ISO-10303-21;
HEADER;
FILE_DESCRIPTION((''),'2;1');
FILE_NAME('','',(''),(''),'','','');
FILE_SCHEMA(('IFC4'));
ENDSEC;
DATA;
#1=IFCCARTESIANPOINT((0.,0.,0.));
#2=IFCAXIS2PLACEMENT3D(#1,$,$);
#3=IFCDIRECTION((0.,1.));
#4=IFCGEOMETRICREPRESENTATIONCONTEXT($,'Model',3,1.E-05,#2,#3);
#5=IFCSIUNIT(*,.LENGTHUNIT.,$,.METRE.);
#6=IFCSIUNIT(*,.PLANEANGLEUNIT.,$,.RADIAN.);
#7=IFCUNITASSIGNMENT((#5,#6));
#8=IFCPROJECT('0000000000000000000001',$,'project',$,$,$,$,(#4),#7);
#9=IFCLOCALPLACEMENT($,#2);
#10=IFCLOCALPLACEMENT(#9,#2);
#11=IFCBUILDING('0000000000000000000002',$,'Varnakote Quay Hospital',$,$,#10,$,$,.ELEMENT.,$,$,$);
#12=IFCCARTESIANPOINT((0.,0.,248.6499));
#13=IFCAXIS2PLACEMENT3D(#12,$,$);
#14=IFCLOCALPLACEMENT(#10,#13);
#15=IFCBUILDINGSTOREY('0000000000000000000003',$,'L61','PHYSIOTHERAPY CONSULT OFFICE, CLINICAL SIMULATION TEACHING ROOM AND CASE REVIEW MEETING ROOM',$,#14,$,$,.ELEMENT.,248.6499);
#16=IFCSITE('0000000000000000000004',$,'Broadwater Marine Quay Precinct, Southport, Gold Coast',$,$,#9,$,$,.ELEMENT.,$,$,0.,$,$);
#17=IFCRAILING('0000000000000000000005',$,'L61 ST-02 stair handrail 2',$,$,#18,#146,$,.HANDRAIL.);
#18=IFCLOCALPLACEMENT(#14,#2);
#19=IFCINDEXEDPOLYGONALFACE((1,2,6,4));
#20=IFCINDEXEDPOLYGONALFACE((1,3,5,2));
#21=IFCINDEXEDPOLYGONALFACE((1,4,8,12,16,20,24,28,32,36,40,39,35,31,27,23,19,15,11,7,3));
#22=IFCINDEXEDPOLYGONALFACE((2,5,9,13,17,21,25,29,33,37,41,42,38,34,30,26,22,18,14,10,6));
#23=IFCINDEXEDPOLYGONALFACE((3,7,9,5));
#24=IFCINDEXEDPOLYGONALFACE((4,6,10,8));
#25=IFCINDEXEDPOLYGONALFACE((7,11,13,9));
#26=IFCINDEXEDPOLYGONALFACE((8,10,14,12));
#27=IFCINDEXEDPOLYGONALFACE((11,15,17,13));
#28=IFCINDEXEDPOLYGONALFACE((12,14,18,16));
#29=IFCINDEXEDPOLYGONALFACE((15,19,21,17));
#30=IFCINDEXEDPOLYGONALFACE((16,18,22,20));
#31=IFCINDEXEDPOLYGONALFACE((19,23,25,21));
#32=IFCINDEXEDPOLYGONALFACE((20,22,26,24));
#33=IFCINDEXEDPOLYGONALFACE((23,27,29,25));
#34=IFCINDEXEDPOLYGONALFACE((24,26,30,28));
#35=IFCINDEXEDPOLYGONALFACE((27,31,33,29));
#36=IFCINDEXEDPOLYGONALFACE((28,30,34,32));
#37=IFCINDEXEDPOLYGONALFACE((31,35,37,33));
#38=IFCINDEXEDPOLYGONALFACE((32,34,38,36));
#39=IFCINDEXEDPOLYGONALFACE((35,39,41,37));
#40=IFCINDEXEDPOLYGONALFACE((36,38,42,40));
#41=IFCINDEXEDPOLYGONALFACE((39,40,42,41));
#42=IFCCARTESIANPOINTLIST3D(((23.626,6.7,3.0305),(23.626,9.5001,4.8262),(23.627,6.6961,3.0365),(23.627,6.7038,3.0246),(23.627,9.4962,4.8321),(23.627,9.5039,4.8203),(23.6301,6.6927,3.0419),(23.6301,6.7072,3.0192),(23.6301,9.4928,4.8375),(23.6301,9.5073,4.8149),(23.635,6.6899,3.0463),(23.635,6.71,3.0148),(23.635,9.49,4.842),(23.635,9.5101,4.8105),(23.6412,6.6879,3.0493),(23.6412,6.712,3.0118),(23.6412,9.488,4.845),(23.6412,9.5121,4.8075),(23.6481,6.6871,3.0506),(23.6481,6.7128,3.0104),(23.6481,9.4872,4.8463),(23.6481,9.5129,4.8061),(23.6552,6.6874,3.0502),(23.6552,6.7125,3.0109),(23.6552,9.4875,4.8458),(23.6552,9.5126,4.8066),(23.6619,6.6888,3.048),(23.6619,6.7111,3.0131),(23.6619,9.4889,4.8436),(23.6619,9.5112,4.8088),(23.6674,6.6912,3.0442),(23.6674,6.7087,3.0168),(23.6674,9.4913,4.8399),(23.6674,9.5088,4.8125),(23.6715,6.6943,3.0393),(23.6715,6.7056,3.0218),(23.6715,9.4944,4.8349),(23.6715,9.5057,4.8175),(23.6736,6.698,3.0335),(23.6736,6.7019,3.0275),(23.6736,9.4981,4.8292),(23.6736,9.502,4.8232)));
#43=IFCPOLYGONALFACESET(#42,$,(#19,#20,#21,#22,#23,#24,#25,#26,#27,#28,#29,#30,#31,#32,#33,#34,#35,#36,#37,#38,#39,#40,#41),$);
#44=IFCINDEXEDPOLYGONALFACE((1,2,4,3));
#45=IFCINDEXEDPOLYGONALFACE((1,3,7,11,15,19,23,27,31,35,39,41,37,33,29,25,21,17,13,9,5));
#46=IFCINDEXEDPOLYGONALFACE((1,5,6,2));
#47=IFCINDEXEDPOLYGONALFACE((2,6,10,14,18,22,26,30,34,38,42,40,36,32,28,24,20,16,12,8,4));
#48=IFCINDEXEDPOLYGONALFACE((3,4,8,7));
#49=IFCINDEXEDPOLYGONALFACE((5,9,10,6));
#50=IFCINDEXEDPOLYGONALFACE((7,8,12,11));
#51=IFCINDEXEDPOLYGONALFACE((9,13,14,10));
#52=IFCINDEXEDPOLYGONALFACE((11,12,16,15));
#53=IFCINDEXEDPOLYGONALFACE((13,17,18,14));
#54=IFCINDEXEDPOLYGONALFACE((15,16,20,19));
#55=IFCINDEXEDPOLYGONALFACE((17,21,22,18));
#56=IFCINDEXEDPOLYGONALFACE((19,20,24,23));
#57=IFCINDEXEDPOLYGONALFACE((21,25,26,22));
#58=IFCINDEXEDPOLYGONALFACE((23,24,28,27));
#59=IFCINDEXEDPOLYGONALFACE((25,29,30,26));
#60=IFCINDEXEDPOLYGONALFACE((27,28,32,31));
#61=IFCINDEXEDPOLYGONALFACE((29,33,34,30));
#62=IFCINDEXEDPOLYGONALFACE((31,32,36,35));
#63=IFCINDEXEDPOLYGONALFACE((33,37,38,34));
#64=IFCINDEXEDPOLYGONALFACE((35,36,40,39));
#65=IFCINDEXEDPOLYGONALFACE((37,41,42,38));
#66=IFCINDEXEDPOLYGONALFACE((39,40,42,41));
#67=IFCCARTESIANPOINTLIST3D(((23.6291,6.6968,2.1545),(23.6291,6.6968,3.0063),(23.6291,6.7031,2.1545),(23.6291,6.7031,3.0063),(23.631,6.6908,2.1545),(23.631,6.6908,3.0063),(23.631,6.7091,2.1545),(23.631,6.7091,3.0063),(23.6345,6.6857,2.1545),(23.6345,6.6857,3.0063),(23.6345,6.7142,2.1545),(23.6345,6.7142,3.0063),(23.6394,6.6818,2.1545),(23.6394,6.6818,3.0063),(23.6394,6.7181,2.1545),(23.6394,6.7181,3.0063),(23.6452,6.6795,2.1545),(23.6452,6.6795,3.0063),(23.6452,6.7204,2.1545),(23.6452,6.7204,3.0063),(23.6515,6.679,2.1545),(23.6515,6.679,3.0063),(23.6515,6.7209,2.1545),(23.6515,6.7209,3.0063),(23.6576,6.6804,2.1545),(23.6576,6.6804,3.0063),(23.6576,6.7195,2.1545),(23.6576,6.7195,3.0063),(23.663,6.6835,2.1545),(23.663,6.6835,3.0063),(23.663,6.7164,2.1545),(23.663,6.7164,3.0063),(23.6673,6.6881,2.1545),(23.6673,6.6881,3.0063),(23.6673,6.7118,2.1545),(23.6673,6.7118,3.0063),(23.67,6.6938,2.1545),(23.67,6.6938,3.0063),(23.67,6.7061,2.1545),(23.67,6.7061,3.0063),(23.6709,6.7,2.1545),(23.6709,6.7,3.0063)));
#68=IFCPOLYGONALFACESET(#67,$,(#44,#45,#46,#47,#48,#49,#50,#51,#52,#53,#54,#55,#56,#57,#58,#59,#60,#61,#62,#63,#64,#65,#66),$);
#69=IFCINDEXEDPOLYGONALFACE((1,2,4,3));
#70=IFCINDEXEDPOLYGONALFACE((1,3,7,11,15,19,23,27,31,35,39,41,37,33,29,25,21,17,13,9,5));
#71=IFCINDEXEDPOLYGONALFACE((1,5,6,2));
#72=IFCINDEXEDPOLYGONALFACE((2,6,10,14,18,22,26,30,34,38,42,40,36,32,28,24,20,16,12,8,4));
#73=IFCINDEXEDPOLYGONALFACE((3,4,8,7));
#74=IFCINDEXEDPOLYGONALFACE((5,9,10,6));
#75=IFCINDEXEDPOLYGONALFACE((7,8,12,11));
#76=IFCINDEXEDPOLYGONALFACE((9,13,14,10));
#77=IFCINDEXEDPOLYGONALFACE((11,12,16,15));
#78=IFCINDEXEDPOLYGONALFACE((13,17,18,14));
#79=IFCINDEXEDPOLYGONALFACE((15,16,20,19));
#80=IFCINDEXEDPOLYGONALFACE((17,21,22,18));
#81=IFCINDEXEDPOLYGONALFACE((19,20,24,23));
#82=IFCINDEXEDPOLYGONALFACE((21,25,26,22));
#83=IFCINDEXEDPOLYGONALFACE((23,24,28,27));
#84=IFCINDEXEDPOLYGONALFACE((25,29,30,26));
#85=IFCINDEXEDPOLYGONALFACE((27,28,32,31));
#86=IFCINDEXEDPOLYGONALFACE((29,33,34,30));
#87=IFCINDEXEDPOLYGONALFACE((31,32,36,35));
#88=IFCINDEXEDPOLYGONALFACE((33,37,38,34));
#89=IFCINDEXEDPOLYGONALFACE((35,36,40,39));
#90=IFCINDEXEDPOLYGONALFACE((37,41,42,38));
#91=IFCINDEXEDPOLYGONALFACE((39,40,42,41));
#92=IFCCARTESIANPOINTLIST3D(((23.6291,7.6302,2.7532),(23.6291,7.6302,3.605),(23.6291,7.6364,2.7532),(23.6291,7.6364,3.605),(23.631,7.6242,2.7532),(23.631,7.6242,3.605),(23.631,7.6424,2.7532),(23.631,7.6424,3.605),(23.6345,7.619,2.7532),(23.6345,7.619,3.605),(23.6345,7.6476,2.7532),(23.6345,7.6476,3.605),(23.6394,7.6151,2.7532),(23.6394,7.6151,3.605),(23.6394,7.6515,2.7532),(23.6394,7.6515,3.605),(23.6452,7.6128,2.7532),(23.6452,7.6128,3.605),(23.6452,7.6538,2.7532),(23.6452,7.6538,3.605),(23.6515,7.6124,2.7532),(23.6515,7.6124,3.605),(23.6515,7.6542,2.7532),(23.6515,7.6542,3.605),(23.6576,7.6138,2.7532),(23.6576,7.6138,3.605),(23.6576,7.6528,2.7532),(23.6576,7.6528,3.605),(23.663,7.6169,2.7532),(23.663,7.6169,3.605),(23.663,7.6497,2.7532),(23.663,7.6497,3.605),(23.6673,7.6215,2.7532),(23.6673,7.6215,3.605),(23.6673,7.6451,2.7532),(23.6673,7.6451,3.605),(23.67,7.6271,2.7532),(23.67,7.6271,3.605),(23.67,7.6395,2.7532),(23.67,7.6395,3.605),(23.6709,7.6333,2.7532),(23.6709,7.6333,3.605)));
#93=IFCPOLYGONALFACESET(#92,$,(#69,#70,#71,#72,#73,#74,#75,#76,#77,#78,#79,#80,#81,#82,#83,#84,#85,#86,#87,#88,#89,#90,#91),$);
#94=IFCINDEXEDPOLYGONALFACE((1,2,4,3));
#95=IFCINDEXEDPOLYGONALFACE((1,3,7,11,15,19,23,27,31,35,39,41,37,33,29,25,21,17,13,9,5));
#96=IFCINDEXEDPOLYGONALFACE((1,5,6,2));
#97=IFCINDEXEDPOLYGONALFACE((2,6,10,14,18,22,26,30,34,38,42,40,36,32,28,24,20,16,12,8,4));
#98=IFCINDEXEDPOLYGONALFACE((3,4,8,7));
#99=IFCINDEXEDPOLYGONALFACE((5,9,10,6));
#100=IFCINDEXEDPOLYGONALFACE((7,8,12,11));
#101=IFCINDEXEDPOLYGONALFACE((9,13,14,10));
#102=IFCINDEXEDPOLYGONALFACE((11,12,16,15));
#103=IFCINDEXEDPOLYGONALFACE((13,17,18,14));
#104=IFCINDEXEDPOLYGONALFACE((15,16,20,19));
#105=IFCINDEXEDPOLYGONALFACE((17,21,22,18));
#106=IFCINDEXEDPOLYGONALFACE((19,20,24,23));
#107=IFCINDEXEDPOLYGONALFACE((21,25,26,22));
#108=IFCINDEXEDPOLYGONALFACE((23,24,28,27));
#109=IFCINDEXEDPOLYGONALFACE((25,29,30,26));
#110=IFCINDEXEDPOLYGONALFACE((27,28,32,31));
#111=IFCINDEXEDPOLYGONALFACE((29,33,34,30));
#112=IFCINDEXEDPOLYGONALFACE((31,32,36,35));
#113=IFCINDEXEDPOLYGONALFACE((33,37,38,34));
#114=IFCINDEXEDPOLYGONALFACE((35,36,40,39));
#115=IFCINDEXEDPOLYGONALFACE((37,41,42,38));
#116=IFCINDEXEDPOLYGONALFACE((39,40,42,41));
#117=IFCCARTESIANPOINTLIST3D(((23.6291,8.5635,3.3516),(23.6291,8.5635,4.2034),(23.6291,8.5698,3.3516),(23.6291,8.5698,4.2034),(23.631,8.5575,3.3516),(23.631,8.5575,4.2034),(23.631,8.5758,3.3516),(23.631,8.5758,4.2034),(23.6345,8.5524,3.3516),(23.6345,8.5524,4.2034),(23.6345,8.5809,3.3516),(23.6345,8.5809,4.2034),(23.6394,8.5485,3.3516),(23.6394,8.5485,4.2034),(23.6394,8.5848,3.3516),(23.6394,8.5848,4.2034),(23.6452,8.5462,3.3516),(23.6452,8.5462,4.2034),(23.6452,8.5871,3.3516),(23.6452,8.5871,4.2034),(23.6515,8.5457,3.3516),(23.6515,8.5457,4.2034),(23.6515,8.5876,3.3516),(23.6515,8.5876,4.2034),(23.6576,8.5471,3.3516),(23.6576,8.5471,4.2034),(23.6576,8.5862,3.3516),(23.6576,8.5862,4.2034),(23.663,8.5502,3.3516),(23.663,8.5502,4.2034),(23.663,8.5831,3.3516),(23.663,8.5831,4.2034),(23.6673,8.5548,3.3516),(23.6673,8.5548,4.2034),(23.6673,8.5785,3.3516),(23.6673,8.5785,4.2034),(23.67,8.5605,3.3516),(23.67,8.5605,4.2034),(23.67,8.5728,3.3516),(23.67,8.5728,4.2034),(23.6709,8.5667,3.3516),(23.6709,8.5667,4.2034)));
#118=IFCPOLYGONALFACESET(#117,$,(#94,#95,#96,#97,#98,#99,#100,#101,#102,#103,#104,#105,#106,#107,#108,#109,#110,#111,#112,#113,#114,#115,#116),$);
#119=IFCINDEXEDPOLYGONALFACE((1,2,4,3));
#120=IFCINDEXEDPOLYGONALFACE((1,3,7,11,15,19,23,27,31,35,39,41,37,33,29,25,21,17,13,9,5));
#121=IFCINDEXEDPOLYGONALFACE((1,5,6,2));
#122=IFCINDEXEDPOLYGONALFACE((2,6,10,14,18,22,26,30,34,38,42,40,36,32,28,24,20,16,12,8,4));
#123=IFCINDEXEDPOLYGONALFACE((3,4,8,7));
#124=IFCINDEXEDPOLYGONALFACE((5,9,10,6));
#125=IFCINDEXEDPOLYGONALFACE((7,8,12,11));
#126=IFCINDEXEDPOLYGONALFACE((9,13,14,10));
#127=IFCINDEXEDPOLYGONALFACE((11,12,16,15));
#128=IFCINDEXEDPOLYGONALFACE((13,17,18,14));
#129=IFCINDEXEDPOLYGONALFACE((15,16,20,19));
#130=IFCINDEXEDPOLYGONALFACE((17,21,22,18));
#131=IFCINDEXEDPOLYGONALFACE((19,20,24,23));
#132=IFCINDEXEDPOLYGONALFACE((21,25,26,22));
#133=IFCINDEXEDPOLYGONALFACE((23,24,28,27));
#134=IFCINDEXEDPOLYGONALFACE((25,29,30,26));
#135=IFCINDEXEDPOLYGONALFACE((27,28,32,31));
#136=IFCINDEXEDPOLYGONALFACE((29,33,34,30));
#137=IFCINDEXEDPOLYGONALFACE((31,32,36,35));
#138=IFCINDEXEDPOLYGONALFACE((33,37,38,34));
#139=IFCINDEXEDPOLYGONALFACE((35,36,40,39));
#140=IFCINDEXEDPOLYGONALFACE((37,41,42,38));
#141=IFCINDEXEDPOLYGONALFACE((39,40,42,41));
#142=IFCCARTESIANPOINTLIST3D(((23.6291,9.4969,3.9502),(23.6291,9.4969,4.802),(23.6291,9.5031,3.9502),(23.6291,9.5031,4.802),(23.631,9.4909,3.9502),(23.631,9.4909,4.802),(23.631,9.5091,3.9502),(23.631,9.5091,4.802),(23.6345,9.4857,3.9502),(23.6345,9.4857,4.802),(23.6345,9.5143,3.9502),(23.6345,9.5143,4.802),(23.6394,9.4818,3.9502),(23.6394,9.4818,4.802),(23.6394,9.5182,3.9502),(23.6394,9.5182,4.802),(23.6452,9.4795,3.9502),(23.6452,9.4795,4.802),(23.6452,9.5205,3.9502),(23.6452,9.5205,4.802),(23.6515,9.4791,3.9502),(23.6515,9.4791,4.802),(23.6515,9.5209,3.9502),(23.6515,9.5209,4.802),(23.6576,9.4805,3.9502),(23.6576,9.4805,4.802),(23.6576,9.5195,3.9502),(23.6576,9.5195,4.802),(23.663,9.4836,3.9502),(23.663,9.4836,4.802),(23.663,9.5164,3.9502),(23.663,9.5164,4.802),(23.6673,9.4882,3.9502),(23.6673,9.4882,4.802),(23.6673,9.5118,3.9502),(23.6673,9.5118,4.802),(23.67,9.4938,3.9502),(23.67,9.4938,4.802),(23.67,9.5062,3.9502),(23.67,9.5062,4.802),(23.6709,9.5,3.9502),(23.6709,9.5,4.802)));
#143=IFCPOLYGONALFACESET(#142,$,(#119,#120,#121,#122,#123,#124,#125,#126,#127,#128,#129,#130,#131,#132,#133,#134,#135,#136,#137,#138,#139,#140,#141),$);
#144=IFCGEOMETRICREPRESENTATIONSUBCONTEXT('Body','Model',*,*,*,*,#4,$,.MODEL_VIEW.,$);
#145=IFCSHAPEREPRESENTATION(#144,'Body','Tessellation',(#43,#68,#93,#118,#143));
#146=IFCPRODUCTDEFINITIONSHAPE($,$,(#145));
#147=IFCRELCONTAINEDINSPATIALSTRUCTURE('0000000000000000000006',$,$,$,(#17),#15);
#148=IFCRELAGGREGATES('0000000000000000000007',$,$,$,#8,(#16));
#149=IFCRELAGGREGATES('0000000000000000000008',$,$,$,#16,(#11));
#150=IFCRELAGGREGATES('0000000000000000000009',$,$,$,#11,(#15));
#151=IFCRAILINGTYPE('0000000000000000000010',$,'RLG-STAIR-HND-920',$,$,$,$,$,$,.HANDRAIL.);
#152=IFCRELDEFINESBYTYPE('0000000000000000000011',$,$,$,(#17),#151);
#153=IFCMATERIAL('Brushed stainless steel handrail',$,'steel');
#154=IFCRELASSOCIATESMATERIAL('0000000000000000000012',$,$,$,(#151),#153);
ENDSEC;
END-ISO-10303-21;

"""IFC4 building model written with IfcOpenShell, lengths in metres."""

from ifc_helpers import new_model, si_unit, direction, frame, origin, origin_2d, place, context, subcontext, project, spatial, circle, extrude, material, type_object, element, save


model = new_model("IFC4")

# Units and contexts
model_context = context("Model", 3, precision=1e-05, world=origin(), true_north=direction((0.0, 1.0)))
body_context = subcontext(model_context, "Body", "Model", "MODEL_VIEW")
ifc_project = project(units=[si_unit("LENGTHUNIT", "METRE"), si_unit("PLANEANGLEUNIT", "RADIAN")], contexts=[model_context])

# Site, building, storey
site_placement = place(None, origin())
site = spatial("IfcSite", under=ifc_project, at=site_placement, Name="Broadwater Marine Quay Precinct, Southport, Gold Coast", CompositionType="ELEMENT", RefElevation=0.0)
building_placement = place(site_placement, origin())
building = spatial("IfcBuilding", under=site, at=building_placement, Name="Varnakote Quay Hospital", CompositionType="ELEMENT")
storey_placement = place(building_placement, frame((0.0, 0.0, 248.6499)))
storey = spatial("IfcBuildingStorey", under=building, at=storey_placement, Name="L61", Description="PHYSIOTHERAPY CONSULT OFFICE, CLINICAL SIMULATION TEACHING ROOM AND CASE REVIEW MEETING ROOM", CompositionType="ELEMENT", Elevation=248.6499)

# Railing
ifc_material_1 = material(Name="Brushed stainless steel handrail", Category="steel")
railing_type = type_object("IfcRailingType", Name="RLG-STAIR-HND-920", PredefinedType="HANDRAIL", material=ifc_material_1)
railing_placement = place(storey_placement, frame((23.6499, 6.7, 2.1545)))
element("IfcRailing", 1, at=railing_placement, inside=storey, type_object=railing_type, Name="L61 ST-02 stair handrail 2", PredefinedType="HANDRAIL", context=body_context, shape_type="SweptSolid", body=[
    extrude(circle(Radius=0.0239, at=origin_2d()), frame((0.0, 0.0, 0.876), z_axis=(0.0, 0.841777, 0.539826), x_axis=(-1.0, 0.0, 0.0)), (0.0, 0.0, 1.0), 3.3264),
    extrude(circle(Radius=0.021, at=origin_2d()), origin(), (0.0, 0.0, 1.0), 0.8518),
    extrude(circle(Radius=0.021, at=origin_2d()), frame((0.0, 0.9333, 0.5986)), (0.0, 0.0, 1.0), 0.8518),
    extrude(circle(Radius=0.021, at=origin_2d()), frame((0.0, 1.8667, 1.197)), (0.0, 0.0, 1.0), 0.8518),
    extrude(circle(Radius=0.021, at=origin_2d()), frame((0.0, 2.8, 1.7957)), (0.0, 0.0, 1.0), 0.8518),
])

save(model, "model.ifc")
